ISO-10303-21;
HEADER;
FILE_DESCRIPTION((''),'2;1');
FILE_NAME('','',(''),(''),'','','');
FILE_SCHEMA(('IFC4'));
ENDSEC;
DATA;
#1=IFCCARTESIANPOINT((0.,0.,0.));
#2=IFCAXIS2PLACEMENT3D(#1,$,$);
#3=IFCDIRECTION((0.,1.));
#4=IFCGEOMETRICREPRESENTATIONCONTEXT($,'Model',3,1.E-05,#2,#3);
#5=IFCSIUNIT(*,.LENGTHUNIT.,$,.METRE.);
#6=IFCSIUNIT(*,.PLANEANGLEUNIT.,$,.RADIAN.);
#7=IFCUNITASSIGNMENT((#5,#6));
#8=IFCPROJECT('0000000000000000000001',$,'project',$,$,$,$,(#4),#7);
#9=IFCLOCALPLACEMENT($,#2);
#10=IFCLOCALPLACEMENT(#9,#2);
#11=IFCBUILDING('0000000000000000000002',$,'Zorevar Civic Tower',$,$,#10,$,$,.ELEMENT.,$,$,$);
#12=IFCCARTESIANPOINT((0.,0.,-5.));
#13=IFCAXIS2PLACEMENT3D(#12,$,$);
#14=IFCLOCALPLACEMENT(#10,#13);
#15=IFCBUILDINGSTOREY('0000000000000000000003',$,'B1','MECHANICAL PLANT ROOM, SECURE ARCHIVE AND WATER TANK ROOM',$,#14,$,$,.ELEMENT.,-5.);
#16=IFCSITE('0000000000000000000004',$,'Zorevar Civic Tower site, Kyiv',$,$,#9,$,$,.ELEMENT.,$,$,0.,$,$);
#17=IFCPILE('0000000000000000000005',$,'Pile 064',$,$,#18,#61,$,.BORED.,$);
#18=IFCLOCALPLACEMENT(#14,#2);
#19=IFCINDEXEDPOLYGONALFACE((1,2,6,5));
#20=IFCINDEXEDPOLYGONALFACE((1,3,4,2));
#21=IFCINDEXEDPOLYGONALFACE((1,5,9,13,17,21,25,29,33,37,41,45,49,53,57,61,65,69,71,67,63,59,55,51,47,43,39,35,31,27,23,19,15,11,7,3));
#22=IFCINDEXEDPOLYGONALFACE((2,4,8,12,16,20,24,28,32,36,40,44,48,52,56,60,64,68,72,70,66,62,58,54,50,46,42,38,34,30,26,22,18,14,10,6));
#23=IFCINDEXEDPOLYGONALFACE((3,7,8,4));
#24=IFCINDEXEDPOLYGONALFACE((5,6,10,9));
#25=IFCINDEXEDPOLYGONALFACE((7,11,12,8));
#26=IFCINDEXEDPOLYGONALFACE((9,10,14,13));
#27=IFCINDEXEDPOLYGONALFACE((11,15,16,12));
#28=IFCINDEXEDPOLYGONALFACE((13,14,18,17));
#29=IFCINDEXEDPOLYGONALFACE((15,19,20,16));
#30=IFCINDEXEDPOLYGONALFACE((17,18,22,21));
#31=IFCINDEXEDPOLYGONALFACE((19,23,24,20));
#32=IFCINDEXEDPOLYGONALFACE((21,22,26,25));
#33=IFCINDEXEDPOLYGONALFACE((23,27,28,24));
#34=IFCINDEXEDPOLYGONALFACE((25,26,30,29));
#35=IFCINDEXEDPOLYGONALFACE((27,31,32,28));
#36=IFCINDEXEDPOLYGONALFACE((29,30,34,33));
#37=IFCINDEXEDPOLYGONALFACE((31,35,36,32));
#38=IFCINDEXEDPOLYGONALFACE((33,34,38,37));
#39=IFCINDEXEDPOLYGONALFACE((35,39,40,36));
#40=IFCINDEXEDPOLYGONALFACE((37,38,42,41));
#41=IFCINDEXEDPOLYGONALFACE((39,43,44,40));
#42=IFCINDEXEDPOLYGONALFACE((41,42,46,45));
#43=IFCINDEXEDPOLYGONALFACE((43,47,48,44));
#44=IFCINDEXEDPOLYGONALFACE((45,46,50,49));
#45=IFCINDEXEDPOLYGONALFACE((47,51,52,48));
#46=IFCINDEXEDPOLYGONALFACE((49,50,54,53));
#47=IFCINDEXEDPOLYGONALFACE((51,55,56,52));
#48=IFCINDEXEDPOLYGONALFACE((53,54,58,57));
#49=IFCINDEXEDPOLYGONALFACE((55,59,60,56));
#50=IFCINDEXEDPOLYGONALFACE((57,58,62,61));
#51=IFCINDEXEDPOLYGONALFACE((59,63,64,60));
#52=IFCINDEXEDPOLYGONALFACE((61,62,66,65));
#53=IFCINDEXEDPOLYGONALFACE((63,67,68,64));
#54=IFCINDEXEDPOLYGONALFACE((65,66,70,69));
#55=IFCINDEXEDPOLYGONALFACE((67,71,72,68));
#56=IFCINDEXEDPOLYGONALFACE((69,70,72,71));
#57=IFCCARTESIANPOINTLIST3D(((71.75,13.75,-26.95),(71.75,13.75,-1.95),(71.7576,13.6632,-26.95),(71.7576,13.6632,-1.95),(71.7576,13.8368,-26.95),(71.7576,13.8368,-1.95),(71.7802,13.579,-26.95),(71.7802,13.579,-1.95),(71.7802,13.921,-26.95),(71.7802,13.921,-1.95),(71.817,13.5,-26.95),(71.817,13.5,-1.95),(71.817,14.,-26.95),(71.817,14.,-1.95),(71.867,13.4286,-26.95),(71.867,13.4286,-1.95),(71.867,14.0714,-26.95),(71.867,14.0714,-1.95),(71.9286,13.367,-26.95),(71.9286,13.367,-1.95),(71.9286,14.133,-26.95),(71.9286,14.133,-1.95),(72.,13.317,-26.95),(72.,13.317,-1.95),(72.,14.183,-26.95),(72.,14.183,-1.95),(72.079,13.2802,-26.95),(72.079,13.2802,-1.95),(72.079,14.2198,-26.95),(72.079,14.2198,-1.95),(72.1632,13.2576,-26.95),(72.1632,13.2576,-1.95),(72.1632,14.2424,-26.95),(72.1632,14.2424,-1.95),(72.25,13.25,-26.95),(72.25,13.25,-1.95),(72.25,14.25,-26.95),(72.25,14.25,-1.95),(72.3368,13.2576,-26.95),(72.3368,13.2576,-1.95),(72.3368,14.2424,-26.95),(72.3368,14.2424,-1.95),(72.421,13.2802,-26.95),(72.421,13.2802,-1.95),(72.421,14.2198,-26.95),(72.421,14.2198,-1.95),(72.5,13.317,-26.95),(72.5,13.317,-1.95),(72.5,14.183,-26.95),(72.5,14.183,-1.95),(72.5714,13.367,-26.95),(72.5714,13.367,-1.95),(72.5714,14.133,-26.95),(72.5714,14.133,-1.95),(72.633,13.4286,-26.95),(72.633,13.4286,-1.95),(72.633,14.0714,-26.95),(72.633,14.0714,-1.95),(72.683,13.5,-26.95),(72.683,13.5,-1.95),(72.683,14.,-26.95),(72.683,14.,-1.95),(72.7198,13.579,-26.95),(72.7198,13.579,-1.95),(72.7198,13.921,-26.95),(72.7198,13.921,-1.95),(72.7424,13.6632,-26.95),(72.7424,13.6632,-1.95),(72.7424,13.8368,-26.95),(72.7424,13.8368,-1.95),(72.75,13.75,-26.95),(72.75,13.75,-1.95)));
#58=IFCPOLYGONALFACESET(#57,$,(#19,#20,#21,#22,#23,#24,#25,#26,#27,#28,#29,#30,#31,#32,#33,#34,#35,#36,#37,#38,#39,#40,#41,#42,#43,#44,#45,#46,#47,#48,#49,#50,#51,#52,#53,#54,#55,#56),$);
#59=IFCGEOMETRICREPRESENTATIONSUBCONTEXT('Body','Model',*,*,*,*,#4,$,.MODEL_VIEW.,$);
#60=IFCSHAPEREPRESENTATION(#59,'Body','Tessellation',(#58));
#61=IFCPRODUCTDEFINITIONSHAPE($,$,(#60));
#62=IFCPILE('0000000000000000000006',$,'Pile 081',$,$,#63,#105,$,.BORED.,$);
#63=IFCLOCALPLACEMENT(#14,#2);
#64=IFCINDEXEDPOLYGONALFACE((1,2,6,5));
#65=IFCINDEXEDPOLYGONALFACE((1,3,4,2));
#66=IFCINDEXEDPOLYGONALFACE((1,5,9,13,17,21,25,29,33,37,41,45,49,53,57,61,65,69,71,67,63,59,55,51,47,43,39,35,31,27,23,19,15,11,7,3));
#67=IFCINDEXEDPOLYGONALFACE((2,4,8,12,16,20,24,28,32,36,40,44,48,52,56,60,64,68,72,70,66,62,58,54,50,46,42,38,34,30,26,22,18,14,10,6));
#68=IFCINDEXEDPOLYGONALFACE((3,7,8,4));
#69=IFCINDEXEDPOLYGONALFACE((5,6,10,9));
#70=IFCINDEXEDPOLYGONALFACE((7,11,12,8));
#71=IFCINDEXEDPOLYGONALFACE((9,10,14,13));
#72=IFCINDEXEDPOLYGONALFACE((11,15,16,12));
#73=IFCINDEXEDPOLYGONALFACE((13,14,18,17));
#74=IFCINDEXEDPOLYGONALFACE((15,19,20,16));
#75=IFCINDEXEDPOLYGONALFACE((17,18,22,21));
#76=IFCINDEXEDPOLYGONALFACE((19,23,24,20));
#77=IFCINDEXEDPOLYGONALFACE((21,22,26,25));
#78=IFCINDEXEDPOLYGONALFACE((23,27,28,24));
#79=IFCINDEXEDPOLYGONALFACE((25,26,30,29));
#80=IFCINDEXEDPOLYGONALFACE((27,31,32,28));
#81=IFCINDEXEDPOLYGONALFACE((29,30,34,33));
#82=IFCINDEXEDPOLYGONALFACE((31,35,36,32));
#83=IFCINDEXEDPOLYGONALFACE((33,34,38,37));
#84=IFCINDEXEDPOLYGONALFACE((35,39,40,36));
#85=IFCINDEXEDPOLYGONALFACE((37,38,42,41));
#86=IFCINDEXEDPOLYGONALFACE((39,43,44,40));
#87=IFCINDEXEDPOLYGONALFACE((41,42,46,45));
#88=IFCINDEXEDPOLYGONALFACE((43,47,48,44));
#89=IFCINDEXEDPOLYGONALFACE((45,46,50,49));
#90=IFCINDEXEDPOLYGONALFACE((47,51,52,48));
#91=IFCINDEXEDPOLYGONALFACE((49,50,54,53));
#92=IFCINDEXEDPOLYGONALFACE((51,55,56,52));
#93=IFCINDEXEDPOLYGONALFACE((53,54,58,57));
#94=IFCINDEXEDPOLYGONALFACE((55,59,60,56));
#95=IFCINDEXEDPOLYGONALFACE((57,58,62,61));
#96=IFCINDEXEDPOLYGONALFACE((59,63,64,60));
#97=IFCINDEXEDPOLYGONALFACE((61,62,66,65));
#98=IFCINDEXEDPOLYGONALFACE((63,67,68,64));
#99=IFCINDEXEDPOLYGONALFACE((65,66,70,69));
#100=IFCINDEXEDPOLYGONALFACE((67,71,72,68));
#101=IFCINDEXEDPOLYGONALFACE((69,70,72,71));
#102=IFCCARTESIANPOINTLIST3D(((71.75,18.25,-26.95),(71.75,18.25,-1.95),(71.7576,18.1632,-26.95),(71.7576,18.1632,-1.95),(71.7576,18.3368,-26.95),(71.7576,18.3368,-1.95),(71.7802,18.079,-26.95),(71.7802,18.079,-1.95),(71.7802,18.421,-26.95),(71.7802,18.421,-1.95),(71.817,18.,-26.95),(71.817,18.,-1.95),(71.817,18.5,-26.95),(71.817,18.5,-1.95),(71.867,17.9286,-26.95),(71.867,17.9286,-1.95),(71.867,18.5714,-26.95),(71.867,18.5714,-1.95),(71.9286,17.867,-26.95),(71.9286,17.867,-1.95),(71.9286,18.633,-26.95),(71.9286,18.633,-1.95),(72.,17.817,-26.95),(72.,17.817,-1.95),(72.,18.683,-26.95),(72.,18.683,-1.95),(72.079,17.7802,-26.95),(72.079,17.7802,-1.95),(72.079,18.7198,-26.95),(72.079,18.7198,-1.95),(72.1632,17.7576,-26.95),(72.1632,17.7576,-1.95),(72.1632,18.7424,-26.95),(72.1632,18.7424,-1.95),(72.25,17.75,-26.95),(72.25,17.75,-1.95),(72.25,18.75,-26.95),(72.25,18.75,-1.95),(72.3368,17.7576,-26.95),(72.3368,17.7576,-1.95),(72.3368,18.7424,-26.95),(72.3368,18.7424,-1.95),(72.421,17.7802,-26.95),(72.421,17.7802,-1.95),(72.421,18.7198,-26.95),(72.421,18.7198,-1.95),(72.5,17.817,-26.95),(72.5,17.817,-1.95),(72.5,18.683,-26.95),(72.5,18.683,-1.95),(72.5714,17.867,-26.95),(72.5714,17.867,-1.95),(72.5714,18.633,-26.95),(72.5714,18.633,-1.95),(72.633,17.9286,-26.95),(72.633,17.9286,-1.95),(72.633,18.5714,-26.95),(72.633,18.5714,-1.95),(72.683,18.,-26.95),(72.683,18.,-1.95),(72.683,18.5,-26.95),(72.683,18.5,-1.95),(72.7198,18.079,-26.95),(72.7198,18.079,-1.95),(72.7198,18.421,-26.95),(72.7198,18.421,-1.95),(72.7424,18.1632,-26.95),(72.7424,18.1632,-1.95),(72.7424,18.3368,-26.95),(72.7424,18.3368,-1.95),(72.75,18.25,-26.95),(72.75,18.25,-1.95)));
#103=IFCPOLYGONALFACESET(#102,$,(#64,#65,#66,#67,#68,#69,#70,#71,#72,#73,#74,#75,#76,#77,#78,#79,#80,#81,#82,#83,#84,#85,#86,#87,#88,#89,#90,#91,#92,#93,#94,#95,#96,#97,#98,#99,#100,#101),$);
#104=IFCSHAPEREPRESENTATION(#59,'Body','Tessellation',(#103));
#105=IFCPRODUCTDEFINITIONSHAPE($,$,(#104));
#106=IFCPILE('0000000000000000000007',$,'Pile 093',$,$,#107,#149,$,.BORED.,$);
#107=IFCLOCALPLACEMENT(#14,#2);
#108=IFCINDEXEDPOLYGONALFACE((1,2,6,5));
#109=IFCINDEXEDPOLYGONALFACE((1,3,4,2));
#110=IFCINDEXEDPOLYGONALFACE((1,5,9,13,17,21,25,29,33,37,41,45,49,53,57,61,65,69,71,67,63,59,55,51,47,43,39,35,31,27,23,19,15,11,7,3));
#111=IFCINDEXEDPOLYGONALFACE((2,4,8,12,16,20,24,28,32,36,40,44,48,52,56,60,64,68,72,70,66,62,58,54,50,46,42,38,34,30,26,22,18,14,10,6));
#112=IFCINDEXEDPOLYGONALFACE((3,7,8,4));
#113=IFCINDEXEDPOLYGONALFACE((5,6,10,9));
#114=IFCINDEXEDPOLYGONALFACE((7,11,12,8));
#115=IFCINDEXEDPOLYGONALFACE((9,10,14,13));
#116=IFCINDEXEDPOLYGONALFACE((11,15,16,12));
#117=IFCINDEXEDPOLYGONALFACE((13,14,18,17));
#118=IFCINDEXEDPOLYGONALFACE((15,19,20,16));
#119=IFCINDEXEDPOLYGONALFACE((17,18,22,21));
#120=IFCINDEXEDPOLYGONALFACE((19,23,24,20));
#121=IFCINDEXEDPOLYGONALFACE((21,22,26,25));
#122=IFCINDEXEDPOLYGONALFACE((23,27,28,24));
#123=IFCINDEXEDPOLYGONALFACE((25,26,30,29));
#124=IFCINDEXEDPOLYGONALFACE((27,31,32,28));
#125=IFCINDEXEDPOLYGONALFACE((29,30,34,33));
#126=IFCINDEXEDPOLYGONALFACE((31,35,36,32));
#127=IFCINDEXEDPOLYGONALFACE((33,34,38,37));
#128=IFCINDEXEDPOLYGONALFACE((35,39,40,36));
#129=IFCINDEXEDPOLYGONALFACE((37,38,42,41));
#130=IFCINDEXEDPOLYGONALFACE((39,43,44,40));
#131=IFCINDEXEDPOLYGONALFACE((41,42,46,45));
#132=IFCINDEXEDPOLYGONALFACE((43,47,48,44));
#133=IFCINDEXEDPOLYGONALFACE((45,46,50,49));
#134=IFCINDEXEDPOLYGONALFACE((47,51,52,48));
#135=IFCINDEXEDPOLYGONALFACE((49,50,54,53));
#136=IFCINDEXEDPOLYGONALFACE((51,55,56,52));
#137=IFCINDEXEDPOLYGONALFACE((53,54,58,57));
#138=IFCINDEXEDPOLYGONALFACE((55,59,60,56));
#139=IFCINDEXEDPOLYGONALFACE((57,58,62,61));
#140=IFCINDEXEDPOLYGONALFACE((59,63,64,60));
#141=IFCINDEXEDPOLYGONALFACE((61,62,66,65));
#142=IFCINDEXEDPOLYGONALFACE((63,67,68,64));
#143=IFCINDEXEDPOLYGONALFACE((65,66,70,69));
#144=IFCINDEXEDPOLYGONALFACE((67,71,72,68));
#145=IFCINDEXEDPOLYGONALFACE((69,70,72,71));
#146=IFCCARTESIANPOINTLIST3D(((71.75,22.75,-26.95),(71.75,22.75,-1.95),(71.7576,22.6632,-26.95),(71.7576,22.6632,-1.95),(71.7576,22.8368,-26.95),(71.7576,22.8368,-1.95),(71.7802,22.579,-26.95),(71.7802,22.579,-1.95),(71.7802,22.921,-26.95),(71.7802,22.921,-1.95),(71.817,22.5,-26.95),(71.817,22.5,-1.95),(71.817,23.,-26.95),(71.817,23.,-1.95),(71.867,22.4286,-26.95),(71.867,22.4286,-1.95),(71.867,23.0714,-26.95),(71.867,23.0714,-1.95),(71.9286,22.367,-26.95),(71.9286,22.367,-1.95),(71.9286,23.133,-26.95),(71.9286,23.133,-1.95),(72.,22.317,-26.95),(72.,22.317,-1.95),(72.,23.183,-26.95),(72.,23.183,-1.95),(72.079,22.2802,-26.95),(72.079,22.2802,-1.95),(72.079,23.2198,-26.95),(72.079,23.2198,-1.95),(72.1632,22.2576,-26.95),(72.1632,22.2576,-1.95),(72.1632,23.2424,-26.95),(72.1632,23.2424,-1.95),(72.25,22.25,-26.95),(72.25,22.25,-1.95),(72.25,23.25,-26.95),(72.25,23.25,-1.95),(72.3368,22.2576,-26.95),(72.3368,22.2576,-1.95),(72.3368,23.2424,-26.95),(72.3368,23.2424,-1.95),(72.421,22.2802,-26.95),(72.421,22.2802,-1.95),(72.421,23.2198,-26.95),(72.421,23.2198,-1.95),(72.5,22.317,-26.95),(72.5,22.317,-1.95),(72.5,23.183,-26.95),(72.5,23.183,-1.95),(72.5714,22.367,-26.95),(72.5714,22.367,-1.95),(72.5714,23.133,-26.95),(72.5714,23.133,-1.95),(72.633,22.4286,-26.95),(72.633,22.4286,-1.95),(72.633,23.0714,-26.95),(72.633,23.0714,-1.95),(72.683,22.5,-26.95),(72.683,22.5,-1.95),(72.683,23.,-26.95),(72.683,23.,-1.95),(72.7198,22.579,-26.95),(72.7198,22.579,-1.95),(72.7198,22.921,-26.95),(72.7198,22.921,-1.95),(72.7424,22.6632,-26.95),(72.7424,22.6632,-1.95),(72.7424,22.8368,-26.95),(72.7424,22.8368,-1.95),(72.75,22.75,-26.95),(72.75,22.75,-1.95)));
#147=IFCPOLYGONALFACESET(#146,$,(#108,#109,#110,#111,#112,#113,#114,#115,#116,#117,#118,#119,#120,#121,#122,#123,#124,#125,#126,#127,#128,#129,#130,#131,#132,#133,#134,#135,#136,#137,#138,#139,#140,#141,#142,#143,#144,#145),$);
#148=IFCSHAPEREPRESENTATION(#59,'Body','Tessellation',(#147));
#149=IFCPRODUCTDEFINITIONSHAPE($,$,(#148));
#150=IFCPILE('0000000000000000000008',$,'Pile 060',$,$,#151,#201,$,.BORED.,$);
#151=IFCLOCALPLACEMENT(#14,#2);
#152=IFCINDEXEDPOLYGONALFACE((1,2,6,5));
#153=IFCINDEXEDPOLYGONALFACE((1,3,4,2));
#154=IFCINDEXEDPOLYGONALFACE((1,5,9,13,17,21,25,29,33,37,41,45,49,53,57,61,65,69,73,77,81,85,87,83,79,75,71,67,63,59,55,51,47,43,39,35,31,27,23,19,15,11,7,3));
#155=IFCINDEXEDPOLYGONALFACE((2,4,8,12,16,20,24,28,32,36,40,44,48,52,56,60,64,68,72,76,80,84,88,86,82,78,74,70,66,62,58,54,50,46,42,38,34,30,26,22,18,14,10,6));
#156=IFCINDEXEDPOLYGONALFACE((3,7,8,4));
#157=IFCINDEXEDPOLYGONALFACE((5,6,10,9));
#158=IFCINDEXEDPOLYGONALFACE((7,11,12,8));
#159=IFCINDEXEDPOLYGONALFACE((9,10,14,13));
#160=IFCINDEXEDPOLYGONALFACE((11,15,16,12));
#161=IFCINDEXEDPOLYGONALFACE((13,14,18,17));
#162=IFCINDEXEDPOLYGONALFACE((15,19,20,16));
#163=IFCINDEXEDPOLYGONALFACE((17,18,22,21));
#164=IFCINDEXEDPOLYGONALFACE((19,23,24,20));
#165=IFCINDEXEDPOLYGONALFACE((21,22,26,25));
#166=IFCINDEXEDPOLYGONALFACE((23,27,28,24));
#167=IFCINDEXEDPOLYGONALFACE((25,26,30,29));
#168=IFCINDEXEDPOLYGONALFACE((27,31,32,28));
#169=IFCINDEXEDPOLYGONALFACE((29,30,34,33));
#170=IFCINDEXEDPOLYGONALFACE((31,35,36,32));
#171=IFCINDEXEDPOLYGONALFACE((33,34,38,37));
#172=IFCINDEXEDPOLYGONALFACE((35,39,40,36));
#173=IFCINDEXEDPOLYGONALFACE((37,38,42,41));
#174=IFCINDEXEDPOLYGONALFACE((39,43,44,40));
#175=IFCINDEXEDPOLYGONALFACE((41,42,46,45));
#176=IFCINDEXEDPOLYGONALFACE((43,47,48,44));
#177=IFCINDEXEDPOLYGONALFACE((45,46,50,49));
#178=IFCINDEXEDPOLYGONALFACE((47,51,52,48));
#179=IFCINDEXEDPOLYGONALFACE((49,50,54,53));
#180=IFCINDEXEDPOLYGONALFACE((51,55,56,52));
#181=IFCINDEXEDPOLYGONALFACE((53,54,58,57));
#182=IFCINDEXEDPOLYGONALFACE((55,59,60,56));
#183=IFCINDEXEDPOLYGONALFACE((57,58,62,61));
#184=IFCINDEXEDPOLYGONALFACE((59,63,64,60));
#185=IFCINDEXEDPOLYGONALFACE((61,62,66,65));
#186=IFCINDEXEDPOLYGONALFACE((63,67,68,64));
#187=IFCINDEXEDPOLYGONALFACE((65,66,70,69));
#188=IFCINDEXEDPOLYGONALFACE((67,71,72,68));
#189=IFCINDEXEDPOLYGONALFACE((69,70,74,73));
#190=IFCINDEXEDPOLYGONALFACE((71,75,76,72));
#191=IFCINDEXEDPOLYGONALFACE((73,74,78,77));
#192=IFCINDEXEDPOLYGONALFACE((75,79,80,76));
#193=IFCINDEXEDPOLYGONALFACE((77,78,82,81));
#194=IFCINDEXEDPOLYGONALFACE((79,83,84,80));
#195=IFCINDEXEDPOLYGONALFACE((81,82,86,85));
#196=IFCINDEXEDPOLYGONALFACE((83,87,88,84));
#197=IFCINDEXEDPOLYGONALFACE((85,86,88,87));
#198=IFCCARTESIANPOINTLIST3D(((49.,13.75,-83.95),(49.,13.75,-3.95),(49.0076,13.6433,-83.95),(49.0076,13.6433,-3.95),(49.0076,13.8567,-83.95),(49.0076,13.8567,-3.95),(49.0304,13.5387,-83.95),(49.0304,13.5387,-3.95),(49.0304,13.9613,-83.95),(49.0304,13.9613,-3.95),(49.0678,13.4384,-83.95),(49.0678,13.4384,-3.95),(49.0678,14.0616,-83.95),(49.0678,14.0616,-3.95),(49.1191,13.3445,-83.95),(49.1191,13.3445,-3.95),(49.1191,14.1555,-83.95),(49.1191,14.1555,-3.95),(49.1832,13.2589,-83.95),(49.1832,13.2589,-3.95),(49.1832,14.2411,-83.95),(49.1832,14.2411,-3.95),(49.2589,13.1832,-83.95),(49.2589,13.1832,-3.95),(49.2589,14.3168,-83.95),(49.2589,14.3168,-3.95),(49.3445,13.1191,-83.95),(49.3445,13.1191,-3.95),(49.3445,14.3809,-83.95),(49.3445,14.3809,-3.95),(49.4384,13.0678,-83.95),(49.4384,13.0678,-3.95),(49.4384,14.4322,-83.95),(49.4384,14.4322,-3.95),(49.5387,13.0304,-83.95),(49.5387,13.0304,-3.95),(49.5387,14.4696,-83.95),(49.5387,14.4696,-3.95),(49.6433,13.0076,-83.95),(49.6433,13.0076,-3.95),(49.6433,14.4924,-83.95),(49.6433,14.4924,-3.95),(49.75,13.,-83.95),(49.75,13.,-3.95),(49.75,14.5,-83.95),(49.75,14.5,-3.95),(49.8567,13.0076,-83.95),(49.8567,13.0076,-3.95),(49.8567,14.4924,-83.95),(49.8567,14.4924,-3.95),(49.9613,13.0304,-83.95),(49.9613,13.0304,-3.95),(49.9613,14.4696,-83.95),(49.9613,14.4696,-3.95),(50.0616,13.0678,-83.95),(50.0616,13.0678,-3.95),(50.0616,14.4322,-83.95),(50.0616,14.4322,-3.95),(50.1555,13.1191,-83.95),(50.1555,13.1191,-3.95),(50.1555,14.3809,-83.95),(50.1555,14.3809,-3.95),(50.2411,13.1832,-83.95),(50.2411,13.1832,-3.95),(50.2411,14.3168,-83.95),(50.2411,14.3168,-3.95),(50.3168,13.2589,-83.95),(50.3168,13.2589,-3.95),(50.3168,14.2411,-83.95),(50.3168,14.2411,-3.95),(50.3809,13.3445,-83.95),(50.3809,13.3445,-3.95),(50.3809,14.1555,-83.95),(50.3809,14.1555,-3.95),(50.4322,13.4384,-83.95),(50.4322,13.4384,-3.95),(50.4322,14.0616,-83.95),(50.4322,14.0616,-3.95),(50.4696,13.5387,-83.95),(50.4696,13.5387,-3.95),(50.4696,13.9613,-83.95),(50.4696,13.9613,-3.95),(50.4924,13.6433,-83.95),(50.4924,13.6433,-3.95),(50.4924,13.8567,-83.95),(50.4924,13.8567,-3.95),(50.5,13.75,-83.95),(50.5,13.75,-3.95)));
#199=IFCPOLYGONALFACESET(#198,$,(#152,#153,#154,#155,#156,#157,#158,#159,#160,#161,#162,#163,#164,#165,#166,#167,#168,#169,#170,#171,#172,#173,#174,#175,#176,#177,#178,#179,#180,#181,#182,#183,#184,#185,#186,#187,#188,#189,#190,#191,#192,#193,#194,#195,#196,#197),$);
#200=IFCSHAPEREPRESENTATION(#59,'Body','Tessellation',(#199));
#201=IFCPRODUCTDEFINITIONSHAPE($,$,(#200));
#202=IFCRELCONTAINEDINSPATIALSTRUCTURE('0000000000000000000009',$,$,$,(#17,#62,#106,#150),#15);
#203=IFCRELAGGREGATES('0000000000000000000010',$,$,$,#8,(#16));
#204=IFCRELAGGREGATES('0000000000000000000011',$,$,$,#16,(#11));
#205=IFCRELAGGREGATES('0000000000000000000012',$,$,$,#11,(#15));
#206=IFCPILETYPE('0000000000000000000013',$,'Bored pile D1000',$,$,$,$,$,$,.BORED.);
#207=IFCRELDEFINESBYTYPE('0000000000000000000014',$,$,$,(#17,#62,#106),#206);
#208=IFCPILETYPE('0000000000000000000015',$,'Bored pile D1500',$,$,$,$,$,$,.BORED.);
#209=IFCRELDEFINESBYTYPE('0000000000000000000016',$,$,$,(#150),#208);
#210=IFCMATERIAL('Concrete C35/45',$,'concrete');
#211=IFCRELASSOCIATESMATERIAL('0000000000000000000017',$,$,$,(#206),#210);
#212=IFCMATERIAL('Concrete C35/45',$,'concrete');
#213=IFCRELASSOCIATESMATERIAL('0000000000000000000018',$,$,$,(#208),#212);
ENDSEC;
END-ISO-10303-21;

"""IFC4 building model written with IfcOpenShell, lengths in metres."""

from ifc_helpers import new_model, si_unit, direction, frame, origin, origin_2d, place, context, subcontext, project, spatial, circle, extrude, material, type_object, element, save


model = new_model("IFC4")

# Units and contexts
model_context = context("Model", 3, precision=1e-05, world=origin(), true_north=direction((0.0, 1.0)))
body_context = subcontext(model_context, "Body", "Model", "MODEL_VIEW")
ifc_project = project(units=[si_unit("LENGTHUNIT", "METRE"), si_unit("PLANEANGLEUNIT", "RADIAN")], contexts=[model_context])

# Site, building, storey
site_placement = place(None, origin())
site = spatial("IfcSite", under=ifc_project, at=site_placement, Name="Zorevar Civic Tower site, Kyiv", CompositionType="ELEMENT", RefElevation=0.0)
building_placement = place(site_placement, origin())
building = spatial("IfcBuilding", under=site, at=building_placement, Name="Zorevar Civic Tower", CompositionType="ELEMENT")
storey_placement = place(building_placement, frame((0.0, 0.0, -5.0)))
storey = spatial("IfcBuildingStorey", under=building, at=storey_placement, Name="B1", Description="MECHANICAL PLANT ROOM, SECURE ARCHIVE AND WATER TANK ROOM", CompositionType="ELEMENT", Elevation=-5.0)

# Piles
ifc_material_1 = material(Name="Concrete C35/45", Category="concrete")
pile_type_1 = type_object("IfcPileType", Name="Bored pile D1000", PredefinedType="BORED", material=ifc_material_1)
for number, where, z_axis, x_axis, name in (
    (1, (72.25, 13.75, -1.95), (0.0, 0.0, -1.0), (1.0, 0.0, 0.0), "Pile 064"),
    (2, (72.25, 18.25, -1.95), (0.0, 0.0, -1.0), (1.0, 0.0, 0.0), "Pile 081"),
    (3, (72.25, 22.75, -1.95), (0.0, 0.0, -1.0), (1.0, 0.0, 0.0), "Pile 093"),
):
    element("IfcPile", number, at=place(storey_placement, frame(where, z_axis=z_axis, x_axis=x_axis)), inside=storey, type_object=pile_type_1, Name=name, PredefinedType="BORED", context=body_context, shape_type="SweptSolid", body=[
        extrude(circle(Radius=0.5, at=origin_2d()), origin(), (0.0, 0.0, 1.0), 25.0),
    ])
ifc_material_2 = material(Name="Concrete C35/45", Category="concrete")
pile_type_2 = type_object("IfcPileType", Name="Bored pile D1500", PredefinedType="BORED", material=ifc_material_2)
for number, where, z_axis, x_axis, name in (
    (4, (49.75, 13.75, -3.95), (0.0, 0.0, -1.0), (1.0, 0.0, 0.0), "Pile 060"),
):
    element("IfcPile", number, at=place(storey_placement, frame(where, z_axis=z_axis, x_axis=x_axis)), inside=storey, type_object=pile_type_2, Name=name, PredefinedType="BORED", context=body_context, shape_type="SweptSolid", body=[
        extrude(circle(Radius=0.75, at=origin_2d()), origin(), (0.0, 0.0, 1.0), 80.0),
    ])

save(model, "model.ifc")
